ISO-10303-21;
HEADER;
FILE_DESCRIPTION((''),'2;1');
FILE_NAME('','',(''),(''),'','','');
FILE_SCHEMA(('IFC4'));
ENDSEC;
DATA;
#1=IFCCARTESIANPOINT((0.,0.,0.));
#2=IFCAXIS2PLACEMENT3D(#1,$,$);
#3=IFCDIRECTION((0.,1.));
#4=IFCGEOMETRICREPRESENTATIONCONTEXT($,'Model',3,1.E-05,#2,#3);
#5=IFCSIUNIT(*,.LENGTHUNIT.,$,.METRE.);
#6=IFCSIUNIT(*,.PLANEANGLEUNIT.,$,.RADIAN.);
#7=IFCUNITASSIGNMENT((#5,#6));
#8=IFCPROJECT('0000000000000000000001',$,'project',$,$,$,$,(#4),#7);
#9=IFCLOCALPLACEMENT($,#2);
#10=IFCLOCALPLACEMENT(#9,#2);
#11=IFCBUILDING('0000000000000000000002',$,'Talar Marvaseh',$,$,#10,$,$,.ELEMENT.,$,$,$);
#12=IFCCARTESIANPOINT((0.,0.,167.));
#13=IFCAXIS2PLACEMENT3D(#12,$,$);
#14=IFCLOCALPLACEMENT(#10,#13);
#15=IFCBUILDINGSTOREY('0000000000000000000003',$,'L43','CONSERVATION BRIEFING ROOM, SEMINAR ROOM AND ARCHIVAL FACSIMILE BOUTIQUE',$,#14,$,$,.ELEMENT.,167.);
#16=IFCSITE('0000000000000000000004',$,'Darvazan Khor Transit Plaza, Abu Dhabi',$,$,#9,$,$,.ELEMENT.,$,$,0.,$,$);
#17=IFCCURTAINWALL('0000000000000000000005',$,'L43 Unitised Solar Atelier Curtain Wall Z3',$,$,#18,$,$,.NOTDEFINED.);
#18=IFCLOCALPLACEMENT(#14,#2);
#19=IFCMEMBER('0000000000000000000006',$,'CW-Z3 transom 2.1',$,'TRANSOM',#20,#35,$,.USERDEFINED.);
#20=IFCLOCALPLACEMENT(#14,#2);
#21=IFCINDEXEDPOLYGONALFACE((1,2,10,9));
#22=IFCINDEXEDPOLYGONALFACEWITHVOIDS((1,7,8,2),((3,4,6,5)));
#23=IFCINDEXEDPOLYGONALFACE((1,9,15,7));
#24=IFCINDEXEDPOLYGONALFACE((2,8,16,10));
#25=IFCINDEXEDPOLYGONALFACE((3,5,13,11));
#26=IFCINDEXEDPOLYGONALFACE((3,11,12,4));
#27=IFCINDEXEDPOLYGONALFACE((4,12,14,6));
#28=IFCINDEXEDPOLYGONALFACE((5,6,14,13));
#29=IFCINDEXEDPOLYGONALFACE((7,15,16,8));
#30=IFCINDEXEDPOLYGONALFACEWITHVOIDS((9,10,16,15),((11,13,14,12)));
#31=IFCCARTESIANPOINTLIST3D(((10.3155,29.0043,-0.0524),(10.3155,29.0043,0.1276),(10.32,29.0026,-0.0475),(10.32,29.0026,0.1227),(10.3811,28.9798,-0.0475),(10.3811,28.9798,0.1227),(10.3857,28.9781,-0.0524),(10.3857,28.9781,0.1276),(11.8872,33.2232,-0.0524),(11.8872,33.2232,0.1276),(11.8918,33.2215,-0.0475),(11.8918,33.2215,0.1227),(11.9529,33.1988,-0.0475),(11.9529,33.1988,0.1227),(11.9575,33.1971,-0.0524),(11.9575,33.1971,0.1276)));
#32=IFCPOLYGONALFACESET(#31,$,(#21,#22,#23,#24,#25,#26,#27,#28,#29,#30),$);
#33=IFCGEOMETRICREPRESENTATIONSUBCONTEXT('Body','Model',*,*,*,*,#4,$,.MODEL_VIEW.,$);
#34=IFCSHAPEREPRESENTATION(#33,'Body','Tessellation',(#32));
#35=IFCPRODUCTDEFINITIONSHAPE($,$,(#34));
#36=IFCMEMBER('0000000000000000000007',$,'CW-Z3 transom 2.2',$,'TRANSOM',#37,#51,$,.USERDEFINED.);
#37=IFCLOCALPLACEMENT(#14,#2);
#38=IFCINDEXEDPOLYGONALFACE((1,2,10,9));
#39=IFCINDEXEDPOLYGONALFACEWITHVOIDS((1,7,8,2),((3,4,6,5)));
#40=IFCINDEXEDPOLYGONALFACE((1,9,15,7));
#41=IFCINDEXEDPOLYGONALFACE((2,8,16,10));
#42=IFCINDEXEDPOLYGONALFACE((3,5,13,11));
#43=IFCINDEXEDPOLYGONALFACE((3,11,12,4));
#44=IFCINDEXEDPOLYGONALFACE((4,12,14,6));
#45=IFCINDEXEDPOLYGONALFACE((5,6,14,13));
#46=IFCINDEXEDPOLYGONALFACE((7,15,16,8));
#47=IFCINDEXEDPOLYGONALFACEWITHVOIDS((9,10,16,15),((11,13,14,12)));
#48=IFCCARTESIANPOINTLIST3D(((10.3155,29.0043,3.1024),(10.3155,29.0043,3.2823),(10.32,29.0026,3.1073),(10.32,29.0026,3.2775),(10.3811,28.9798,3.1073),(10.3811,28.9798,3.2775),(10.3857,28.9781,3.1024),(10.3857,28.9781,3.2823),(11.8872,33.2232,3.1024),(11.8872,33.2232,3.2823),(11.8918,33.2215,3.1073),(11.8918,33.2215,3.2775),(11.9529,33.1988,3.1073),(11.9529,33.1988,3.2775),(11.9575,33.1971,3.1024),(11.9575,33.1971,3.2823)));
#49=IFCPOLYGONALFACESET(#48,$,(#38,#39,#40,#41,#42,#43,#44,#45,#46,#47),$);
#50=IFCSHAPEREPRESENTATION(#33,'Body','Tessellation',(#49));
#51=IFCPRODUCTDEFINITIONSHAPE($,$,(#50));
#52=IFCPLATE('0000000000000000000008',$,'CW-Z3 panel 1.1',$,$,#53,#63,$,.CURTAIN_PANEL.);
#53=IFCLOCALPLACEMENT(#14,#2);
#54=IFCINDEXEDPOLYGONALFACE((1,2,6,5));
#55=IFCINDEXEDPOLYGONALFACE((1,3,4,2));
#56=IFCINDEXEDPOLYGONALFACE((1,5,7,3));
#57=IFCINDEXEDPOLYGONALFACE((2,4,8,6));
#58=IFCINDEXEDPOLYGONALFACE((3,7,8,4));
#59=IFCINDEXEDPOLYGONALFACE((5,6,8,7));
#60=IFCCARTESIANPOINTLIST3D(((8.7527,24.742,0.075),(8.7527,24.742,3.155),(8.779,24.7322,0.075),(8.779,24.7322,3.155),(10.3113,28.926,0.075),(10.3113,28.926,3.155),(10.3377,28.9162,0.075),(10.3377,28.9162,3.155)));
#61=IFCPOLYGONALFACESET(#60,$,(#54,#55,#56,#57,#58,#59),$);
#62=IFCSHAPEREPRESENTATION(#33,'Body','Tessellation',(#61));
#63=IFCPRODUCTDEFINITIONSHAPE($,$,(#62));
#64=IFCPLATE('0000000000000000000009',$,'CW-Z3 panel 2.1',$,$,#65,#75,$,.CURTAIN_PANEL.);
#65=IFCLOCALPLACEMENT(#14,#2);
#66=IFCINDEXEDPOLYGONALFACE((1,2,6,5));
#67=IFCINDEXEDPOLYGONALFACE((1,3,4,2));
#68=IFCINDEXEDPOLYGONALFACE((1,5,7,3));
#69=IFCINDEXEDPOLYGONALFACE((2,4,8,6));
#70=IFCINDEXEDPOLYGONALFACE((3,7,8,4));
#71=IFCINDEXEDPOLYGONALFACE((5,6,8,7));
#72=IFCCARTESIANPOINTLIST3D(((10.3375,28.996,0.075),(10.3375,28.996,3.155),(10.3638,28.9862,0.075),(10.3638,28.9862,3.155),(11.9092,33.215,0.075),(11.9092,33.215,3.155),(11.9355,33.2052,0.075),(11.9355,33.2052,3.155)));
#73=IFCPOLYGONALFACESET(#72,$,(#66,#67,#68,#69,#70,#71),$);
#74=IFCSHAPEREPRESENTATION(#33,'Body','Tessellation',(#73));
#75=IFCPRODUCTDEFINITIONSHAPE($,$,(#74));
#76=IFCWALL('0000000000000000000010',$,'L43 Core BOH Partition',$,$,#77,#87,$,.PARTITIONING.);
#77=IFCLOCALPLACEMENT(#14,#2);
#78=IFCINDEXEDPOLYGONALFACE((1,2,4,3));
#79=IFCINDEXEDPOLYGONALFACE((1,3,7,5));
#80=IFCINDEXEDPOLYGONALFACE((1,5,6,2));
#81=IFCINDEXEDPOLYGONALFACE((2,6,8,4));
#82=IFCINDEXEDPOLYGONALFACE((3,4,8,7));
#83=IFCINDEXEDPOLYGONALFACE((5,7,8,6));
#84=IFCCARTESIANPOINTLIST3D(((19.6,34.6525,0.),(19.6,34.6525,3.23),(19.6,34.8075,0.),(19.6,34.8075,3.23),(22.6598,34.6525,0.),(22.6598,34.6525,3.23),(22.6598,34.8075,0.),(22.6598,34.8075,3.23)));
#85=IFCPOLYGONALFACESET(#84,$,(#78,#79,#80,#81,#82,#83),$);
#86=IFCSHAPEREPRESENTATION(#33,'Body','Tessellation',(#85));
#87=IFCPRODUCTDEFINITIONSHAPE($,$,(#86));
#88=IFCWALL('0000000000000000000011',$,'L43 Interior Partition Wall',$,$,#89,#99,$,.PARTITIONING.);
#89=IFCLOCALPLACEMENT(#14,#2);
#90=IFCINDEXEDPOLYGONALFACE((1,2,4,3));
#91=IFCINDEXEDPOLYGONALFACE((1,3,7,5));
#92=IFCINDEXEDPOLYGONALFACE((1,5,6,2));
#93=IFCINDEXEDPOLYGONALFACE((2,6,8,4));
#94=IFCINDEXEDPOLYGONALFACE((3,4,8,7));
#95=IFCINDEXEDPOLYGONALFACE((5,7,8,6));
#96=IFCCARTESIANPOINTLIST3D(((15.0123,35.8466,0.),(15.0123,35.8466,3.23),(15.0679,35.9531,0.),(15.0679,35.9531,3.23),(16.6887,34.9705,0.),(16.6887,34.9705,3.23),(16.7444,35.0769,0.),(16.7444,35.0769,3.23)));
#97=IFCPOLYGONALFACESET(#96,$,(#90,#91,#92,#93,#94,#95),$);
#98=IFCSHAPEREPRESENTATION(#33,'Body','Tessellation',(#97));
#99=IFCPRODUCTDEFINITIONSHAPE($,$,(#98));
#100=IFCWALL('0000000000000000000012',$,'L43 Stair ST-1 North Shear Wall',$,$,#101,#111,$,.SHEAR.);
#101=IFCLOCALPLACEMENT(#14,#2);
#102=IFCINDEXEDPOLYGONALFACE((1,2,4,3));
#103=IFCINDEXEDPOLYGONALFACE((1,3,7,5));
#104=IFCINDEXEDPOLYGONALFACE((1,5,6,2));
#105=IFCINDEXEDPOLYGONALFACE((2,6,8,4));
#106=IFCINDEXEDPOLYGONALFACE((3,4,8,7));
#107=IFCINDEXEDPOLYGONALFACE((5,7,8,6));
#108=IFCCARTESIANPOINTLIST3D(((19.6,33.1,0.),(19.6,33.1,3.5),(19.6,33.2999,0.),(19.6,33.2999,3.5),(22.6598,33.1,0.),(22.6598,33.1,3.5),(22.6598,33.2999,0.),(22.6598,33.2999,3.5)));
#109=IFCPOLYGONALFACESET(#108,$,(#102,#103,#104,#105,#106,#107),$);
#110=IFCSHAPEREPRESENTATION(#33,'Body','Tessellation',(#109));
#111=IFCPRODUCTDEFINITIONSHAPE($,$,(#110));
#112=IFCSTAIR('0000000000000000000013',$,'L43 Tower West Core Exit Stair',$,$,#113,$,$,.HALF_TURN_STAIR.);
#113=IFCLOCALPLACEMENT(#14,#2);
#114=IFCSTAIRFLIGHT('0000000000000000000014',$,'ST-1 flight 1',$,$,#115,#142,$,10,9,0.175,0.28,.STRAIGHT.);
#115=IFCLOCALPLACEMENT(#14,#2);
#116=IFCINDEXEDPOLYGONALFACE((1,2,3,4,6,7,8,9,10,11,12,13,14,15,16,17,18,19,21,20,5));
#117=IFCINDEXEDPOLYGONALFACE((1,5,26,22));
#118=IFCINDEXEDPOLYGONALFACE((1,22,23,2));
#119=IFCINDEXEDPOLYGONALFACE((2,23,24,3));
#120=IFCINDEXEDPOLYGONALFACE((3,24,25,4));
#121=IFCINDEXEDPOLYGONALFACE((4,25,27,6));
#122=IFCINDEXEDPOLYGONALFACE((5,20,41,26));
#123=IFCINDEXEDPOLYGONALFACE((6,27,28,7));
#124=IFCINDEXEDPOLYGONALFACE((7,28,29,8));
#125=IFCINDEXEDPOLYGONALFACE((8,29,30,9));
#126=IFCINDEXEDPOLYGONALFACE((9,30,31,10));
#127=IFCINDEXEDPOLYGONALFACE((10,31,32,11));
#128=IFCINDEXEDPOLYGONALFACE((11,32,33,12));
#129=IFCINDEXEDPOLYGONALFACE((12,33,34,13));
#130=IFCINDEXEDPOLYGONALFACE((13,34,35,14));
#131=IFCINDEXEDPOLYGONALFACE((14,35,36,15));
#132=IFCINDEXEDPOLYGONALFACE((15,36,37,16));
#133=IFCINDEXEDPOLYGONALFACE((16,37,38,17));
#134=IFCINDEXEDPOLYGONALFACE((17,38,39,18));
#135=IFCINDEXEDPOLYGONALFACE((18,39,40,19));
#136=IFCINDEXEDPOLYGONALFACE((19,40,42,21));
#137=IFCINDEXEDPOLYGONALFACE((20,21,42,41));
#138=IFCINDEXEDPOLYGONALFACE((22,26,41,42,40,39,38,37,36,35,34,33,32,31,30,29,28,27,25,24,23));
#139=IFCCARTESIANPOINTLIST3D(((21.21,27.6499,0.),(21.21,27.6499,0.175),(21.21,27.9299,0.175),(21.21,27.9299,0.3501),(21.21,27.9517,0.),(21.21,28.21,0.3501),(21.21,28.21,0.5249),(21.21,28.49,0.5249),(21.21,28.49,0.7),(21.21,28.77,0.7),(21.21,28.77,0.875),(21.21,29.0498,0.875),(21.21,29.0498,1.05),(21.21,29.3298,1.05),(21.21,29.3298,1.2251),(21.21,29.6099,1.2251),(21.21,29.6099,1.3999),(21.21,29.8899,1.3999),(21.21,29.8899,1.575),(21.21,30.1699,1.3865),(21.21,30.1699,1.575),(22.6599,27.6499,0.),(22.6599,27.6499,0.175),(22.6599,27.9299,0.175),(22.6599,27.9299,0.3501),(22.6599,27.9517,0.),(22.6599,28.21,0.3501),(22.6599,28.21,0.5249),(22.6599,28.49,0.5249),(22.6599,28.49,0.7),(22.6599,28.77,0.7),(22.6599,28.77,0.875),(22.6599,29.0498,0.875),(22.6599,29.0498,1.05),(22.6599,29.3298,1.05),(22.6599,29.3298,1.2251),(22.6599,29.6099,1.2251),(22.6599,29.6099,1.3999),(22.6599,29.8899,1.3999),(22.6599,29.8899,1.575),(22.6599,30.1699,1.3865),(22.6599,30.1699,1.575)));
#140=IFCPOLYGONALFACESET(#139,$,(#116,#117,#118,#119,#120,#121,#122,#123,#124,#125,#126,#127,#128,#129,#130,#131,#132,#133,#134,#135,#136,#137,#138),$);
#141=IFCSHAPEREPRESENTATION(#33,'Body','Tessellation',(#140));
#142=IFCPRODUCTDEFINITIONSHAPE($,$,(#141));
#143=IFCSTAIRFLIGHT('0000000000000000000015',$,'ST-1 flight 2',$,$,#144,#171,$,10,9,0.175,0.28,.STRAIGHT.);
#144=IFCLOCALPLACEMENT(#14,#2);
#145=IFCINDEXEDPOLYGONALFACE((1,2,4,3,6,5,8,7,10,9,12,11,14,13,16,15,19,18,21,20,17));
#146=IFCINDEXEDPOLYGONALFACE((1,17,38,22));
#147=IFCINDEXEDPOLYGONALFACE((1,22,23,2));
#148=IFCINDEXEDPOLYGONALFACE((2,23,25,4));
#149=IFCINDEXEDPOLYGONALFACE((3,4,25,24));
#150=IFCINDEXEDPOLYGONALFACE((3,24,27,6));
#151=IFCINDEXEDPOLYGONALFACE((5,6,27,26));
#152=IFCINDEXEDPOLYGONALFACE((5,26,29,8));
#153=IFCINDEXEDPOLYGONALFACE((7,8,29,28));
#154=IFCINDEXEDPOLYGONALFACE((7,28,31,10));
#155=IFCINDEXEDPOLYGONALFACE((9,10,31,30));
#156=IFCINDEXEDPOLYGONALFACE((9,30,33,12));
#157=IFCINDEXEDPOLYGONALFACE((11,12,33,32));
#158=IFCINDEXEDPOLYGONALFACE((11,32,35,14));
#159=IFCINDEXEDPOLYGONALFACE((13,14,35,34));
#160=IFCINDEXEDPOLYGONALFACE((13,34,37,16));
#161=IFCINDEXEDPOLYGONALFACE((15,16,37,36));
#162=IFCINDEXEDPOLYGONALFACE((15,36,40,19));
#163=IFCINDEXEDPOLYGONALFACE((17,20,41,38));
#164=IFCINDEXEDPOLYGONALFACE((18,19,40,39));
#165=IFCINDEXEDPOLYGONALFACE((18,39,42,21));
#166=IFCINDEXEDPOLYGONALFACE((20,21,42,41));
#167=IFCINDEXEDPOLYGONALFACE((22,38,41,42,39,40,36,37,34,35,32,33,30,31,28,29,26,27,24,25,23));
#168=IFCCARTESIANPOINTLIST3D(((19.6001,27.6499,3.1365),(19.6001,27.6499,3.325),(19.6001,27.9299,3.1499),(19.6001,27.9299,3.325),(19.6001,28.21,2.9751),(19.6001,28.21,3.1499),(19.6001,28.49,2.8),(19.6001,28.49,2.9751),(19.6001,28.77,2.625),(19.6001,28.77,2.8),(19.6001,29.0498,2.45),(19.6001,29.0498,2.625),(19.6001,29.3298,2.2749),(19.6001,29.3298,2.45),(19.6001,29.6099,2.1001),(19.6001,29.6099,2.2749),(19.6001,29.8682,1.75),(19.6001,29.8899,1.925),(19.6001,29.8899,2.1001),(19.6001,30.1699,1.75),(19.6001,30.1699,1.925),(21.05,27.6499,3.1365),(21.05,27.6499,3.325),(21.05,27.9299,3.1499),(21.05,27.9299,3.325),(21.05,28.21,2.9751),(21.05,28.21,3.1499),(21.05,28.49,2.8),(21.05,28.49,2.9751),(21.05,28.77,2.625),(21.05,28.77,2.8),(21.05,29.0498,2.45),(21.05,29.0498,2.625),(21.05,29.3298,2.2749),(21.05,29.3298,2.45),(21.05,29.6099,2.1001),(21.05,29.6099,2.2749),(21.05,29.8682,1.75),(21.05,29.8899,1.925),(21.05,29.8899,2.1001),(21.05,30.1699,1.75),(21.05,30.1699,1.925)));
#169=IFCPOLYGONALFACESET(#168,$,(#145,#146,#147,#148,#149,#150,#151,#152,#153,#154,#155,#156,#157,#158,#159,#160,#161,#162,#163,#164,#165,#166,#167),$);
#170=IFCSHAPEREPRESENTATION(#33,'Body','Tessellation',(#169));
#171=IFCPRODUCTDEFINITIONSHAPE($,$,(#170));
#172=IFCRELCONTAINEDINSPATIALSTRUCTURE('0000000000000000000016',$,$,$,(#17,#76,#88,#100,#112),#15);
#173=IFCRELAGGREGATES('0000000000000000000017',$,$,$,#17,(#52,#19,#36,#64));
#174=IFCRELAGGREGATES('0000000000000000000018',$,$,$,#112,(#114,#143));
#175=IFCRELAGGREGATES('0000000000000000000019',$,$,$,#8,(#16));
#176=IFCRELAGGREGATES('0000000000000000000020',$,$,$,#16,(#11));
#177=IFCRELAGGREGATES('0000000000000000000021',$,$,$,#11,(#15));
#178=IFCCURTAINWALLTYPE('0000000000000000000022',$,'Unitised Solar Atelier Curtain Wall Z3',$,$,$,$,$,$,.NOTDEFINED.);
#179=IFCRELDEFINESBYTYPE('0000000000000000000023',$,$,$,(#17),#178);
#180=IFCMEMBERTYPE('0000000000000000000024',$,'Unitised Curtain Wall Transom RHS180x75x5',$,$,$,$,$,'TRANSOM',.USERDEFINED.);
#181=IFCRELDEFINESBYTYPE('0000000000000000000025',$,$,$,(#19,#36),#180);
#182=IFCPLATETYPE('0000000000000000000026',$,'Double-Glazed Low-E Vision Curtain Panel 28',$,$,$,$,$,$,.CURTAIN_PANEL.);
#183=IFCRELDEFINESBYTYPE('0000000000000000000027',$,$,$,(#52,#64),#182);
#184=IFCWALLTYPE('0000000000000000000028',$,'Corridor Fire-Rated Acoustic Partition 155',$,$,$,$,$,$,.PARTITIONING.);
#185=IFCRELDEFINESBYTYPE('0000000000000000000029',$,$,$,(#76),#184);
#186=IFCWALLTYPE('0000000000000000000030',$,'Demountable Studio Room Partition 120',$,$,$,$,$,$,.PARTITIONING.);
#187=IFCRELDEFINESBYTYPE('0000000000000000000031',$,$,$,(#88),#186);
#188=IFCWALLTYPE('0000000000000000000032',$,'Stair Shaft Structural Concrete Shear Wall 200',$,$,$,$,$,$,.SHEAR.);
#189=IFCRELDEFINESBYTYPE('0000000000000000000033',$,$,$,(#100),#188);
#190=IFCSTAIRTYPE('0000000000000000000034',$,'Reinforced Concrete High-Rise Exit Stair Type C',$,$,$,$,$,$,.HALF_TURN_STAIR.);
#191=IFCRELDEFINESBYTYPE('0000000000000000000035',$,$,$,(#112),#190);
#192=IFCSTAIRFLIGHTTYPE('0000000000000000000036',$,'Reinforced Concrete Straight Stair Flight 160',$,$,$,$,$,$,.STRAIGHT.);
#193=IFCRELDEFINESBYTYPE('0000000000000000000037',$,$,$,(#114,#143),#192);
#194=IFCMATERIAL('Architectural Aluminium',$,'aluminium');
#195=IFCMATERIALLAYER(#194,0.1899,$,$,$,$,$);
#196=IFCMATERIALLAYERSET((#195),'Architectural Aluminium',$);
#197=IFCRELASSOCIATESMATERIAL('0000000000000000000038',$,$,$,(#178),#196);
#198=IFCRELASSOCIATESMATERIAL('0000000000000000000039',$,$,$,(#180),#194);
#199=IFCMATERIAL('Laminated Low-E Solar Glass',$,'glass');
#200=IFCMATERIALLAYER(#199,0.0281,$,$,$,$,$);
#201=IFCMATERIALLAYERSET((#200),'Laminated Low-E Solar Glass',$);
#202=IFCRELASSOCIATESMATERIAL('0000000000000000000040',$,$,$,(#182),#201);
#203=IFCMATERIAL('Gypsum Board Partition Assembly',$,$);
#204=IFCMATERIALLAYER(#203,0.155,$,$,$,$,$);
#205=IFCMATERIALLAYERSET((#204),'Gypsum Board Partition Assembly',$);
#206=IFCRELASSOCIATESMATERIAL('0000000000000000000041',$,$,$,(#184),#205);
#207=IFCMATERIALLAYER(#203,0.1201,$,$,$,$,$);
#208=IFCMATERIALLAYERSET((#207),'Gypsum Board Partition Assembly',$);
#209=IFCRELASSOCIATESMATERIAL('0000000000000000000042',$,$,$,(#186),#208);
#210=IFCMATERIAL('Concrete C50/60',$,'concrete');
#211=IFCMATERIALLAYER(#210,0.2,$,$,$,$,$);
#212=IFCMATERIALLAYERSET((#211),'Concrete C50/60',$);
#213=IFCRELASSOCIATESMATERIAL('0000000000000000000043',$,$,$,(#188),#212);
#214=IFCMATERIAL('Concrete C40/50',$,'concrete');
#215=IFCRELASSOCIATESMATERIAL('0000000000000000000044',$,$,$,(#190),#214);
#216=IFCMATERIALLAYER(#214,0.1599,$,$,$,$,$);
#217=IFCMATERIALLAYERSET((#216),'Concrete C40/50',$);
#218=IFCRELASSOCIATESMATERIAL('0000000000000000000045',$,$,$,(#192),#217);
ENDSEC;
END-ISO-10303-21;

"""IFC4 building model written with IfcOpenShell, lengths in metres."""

from ifc_helpers import new_model, si_unit, direction, frame, frame_2d, origin, origin_2d, place, context, subcontext, project, spatial, polyline, rectangle, hollow_rectangle, outline, extrude, source, transform, mapped, material, layer, layer_set, material_profile, profile_set, type_object, type_shapes, element, aggregate, save


model = new_model("IFC4")

# Units and contexts
model_context = context("Model", 3, precision=1e-05, world=origin(), true_north=direction((0.0, 1.0)))
body_context = subcontext(model_context, "Body", "Model", "MODEL_VIEW")
ifc_project = project(units=[si_unit("LENGTHUNIT", "METRE"), si_unit("PLANEANGLEUNIT", "RADIAN")], contexts=[model_context])

# Site, building, storey
site_placement = place(None, origin())
site = spatial("IfcSite", under=ifc_project, at=site_placement, Name="Darvazan Khor Transit Plaza, Abu Dhabi", CompositionType="ELEMENT", RefElevation=0.0)
building_placement = place(site_placement, origin())
building = spatial("IfcBuilding", under=site, at=building_placement, Name="Talar Marvaseh", CompositionType="ELEMENT")
storey_placement = place(building_placement, frame((0.0, 0.0, 167.0)))
storey = spatial("IfcBuildingStorey", under=building, at=storey_placement, Name="L43", Description="CONSERVATION BRIEFING ROOM, SEMINAR ROOM AND ARCHIVAL FACSIMILE BOUTIQUE", CompositionType="ELEMENT", Elevation=167.0)

# Shared definitions
ifc_material_1 = material(Name="Concrete C40/50", Category="concrete")

# Curtain wall, members, plates
ifc_material_2 = material(Name="Architectural Aluminium", Category="aluminium")
ifc_layer_1 = layer(ifc_material_2, 0.1899)
ifc_layer_set_1 = layer_set([ifc_layer_1], Name="Architectural Aluminium")
curtain_wall_type = type_object("IfcCurtainWallType", Name="Unitised Solar Atelier Curtain Wall Z3", PredefinedType="NOTDEFINED", material=ifc_layer_set_1)
curtain_wall_placement = place(storey_placement, origin())
curtain_wall = element("IfcCurtainWall", 1, at=curtain_wall_placement, inside=storey, type_object=curtain_wall_type, Name="L43 Unitised Solar Atelier Curtain Wall Z3", PredefinedType="NOTDEFINED")
ifc_material_profile_1 = material_profile(ifc_material_2, hollow_rectangle(XDim=0.075, YDim=0.1799, WallThickness=0.0049, at=origin_2d()), Name="RHS180x75x5")
ifc_profile_set_1 = profile_set([ifc_material_profile_1], Name="Architectural Aluminium")
member_type_1 = type_object("IfcMemberType", Name="Unitised Curtain Wall Transom RHS180x75x5", ElementType="TRANSOM", PredefinedType="USERDEFINED", material=ifc_profile_set_1)
shared_shape_1 = source(origin(), body_context, "Body", "SweptSolid", [
    extrude(hollow_rectangle(XDim=0.075, YDim=0.1799, WallThickness=0.0049, at=origin_2d()), origin(), (0.0, 0.0, 1.0), 4.5022),
])
member_1_placement = place(storey_placement, frame((10.3506, 28.9912, 0.0376), z_axis=(0.349108, 0.937082, 0.0), x_axis=(-0.937082, 0.349108, 0.0)))
member_1 = element("IfcMember", 2, at=member_1_placement, type_object=member_type_1, Name="CW-Z3 transom 2.1", ObjectType="TRANSOM", PredefinedType="USERDEFINED", context=body_context, shape_type="MappedRepresentation", body=[
    mapped(shared_shape_1, transform((0.0, 0.0, 0.0), x_axis=(1.0, 0.0, 0.0), y_axis=(0.0, 1.0, 0.0), z_axis=(0.0, 0.0, 1.0), scale=1.0)),
])
member_2_placement = place(storey_placement, frame((10.3506, 28.9912, 3.1924), z_axis=(0.349108, 0.937082, 0.0), x_axis=(-0.937082, 0.349108, 0.0)))
member_2 = element("IfcMember", 3, at=member_2_placement, type_object=member_type_1, Name="CW-Z3 transom 2.2", ObjectType="TRANSOM", PredefinedType="USERDEFINED", context=body_context, shape_type="MappedRepresentation", body=[
    mapped(shared_shape_1, transform((0.0, 0.0, 0.0), x_axis=(1.0, 0.0, 0.0), y_axis=(0.0, 1.0, 0.0), z_axis=(0.0, 0.0, 1.0), scale=1.0)),
])
ifc_material_3 = material(Name="Laminated Low-E Solar Glass", Category="glass")
ifc_layer_2 = layer(ifc_material_3, 0.0281)
ifc_layer_set_2 = layer_set([ifc_layer_2], Name="Laminated Low-E Solar Glass")
plate_type = type_object("IfcPlateType", Name="Double-Glazed Low-E Vision Curtain Panel 28", PredefinedType="CURTAIN_PANEL", material=ifc_layer_set_2)
shared_shape_2 = source(origin(), body_context, "Body", "SweptSolid", [
    extrude(rectangle(XDim=4.4648, YDim=0.0281, at=origin_2d()), origin(), (0.0, 0.0, 1.0), 3.0801),
])
plate_1_placement = place(storey_placement, frame((9.5452, 26.8291, 0.075), z_axis=(0.0, 0.0, 1.0), x_axis=(0.349097, 0.937087, 0.0)))
plate_1 = element("IfcPlate", 4, at=plate_1_placement, type_object=plate_type, Name="CW-Z3 panel 1.1", PredefinedType="CURTAIN_PANEL", context=body_context, shape_type="MappedRepresentation", body=[
    mapped(shared_shape_2, transform((0.0, 0.0, 0.0), x_axis=(1.0, 0.0, 0.0), y_axis=(0.0, 1.0, 0.0), z_axis=(0.0, 0.0, 1.0), scale=1.0)),
])
shared_shape_3 = source(origin(), body_context, "Body", "SweptSolid", [
    extrude(rectangle(XDim=4.5022, YDim=0.0281, at=origin_2d()), origin(), (0.0, 0.0, 1.0), 3.0801),
])
type_shapes(plate_type, [shared_shape_2, shared_shape_3])
plate_2_placement = place(storey_placement, frame((11.1365, 31.1006, 0.075), z_axis=(0.0, 0.0, 1.0), x_axis=(0.349097, 0.937087, 0.0)))
plate_2 = element("IfcPlate", 5, at=plate_2_placement, type_object=plate_type, Name="CW-Z3 panel 2.1", PredefinedType="CURTAIN_PANEL", context=body_context, shape_type="MappedRepresentation", body=[
    mapped(shared_shape_3, transform((0.0, 0.0, 0.0), x_axis=(1.0, 0.0, 0.0), y_axis=(0.0, 1.0, 0.0), z_axis=(0.0, 0.0, 1.0), scale=1.0)),
])
aggregate(curtain_wall, [plate_1, member_1, member_2, plate_2])

# Walls
ifc_material_4 = material(Name="Gypsum Board Partition Assembly")
ifc_layer_3 = layer(ifc_material_4, 0.155)
ifc_layer_set_3 = layer_set([ifc_layer_3], Name="Gypsum Board Partition Assembly")
wall_type_1 = type_object("IfcWallType", Name="Corridor Fire-Rated Acoustic Partition 155", PredefinedType="PARTITIONING", material=ifc_layer_set_3)
wall_1_placement = place(storey_placement, frame((19.6001, 34.73, 0.0), z_axis=(0.0, 0.0, 1.0), x_axis=(1.0, 0.0, 0.0)))
element("IfcWall", 6, at=wall_1_placement, inside=storey, type_object=wall_type_1, Name="L43 Core BOH Partition", PredefinedType="PARTITIONING", context=body_context, shape_type="SweptSolid", body=[
    extrude(rectangle(XDim=3.0598, YDim=0.155, at=frame_2d((1.5298, 0.0))), origin(), (0.0, 0.0, 1.0), 3.23),
])
ifc_layer_4 = layer(ifc_material_4, 0.1201)
ifc_layer_set_4 = layer_set([ifc_layer_4], Name="Gypsum Board Partition Assembly")
wall_type_2 = type_object("IfcWallType", Name="Demountable Studio Room Partition 120", PredefinedType="PARTITIONING", material=ifc_layer_set_4)
wall_2_placement = place(storey_placement, frame((16.7166, 35.0237, 0.0), z_axis=(0.0, 0.0, 1.0), x_axis=(-0.886256, 0.463197, 0.0)))
element("IfcWall", 7, at=wall_2_placement, inside=storey, type_object=wall_type_2, Name="L43 Interior Partition Wall", PredefinedType="PARTITIONING", context=body_context, shape_type="SweptSolid", body=[
    extrude(rectangle(XDim=1.8916, YDim=0.1201, at=frame_2d((0.9458, 0.0))), origin(), (0.0, 0.0, 1.0), 3.23),
])
ifc_material_5 = material(Name="Concrete C50/60", Category="concrete")
ifc_layer_5 = layer(ifc_material_5, 0.2)
ifc_layer_set_5 = layer_set([ifc_layer_5], Name="Concrete C50/60")
wall_type_3 = type_object("IfcWallType", Name="Stair Shaft Structural Concrete Shear Wall 200", PredefinedType="SHEAR", material=ifc_layer_set_5)
wall_3_placement = place(storey_placement, frame((19.6001, 33.2, 0.0), z_axis=(0.0, 0.0, 1.0), x_axis=(1.0, 0.0, 0.0)))
element("IfcWall", 8, at=wall_3_placement, inside=storey, type_object=wall_type_3, Name="L43 Stair ST-1 North Shear Wall", PredefinedType="SHEAR", context=body_context, shape_type="SweptSolid", body=[
    extrude(rectangle(XDim=3.0598, YDim=0.2, at=frame_2d((1.5298, 0.0))), origin(), (0.0, 0.0, 1.0), 3.5),
])

# Stair, stair flights
stair_type = type_object("IfcStairType", Name="Reinforced Concrete High-Rise Exit Stair Type C", PredefinedType="HALF_TURN_STAIR", material=ifc_material_1)
stair_placement = place(storey_placement, origin())
stair = element("IfcStair", 9, at=stair_placement, inside=storey, type_object=stair_type, Name="L43 Tower West Core Exit Stair", PredefinedType="HALF_TURN_STAIR")
ifc_layer_6 = layer(ifc_material_1, 0.1599)
ifc_layer_set_6 = layer_set([ifc_layer_6], Name="Concrete C40/50")
stair_flight_type = type_object("IfcStairFlightType", Name="Reinforced Concrete Straight Stair Flight 160", PredefinedType="STRAIGHT", material=ifc_layer_set_6)
stair_flight_1_placement = place(storey_placement, frame((21.9351, 27.6499, 0.0), z_axis=(0.0, 0.0, 1.0), x_axis=(0.0, 1.0, 0.0)))
stair_flight_1 = element("IfcStairFlight", 10, at=stair_flight_1_placement, type_object=stair_flight_type, Name="ST-1 flight 1", NumberOfRisers=10, NumberOfTreads=9, PredefinedType="STRAIGHT", RiserHeight=0.175, TreadLength=0.28, context=body_context, shape_type="SweptSolid", body=[
    extrude(outline(polyline([(0.0, 0.0), (0.0, 0.175), (0.28, 0.175), (0.28, 0.3501), (0.5601, 0.3501), (0.5601, 0.5249), (0.8401, 0.5249), (0.8401, 0.7), (1.1201, 0.7), (1.1201, 0.875), (1.3999, 0.875), (1.3999, 1.05), (1.6799, 1.05), (1.6799, 1.2251), (1.96, 1.2251), (1.96, 1.3999), (2.24, 1.3999), (2.24, 1.575), (2.52, 1.575), (2.52, 1.75), (2.52, 1.3865), (0.3018, 0.0), (0.0, 0.0)])), frame((0.0, 0.7251, 0.0), z_axis=(0.0, -1.0, 0.0), x_axis=(1.0, 0.0, 0.0)), (0.0, 0.0, 1.0), 1.45),
])
stair_flight_2_placement = place(storey_placement, frame((20.325, 30.1699, 1.75), z_axis=(0.0, 0.0, 1.0), x_axis=(0.0, -1.0, 0.0)))
stair_flight_2 = element("IfcStairFlight", 11, at=stair_flight_2_placement, type_object=stair_flight_type, Name="ST-1 flight 2", NumberOfRisers=10, NumberOfTreads=9, PredefinedType="STRAIGHT", RiserHeight=0.175, TreadLength=0.28, context=body_context, shape_type="SweptSolid", body=[
    extrude(outline(polyline([(0.0, 0.0), (0.0, 0.175), (0.28, 0.175), (0.28, 0.3501), (0.5601, 0.3501), (0.5601, 0.5249), (0.8401, 0.5249), (0.8401, 0.7), (1.1201, 0.7), (1.1201, 0.875), (1.3999, 0.875), (1.3999, 1.05), (1.6799, 1.05), (1.6799, 1.2251), (1.96, 1.2251), (1.96, 1.3999), (2.24, 1.3999), (2.24, 1.575), (2.52, 1.575), (2.52, 1.75), (2.52, 1.3865), (0.3018, 0.0), (0.0, 0.0)])), frame((0.0, 0.7251, 0.0), z_axis=(0.0, -1.0, 0.0), x_axis=(1.0, 0.0, 0.0)), (0.0, 0.0, 1.0), 1.45),
])
aggregate(stair, [stair_flight_1, stair_flight_2])

save(model, "model.ifc")
